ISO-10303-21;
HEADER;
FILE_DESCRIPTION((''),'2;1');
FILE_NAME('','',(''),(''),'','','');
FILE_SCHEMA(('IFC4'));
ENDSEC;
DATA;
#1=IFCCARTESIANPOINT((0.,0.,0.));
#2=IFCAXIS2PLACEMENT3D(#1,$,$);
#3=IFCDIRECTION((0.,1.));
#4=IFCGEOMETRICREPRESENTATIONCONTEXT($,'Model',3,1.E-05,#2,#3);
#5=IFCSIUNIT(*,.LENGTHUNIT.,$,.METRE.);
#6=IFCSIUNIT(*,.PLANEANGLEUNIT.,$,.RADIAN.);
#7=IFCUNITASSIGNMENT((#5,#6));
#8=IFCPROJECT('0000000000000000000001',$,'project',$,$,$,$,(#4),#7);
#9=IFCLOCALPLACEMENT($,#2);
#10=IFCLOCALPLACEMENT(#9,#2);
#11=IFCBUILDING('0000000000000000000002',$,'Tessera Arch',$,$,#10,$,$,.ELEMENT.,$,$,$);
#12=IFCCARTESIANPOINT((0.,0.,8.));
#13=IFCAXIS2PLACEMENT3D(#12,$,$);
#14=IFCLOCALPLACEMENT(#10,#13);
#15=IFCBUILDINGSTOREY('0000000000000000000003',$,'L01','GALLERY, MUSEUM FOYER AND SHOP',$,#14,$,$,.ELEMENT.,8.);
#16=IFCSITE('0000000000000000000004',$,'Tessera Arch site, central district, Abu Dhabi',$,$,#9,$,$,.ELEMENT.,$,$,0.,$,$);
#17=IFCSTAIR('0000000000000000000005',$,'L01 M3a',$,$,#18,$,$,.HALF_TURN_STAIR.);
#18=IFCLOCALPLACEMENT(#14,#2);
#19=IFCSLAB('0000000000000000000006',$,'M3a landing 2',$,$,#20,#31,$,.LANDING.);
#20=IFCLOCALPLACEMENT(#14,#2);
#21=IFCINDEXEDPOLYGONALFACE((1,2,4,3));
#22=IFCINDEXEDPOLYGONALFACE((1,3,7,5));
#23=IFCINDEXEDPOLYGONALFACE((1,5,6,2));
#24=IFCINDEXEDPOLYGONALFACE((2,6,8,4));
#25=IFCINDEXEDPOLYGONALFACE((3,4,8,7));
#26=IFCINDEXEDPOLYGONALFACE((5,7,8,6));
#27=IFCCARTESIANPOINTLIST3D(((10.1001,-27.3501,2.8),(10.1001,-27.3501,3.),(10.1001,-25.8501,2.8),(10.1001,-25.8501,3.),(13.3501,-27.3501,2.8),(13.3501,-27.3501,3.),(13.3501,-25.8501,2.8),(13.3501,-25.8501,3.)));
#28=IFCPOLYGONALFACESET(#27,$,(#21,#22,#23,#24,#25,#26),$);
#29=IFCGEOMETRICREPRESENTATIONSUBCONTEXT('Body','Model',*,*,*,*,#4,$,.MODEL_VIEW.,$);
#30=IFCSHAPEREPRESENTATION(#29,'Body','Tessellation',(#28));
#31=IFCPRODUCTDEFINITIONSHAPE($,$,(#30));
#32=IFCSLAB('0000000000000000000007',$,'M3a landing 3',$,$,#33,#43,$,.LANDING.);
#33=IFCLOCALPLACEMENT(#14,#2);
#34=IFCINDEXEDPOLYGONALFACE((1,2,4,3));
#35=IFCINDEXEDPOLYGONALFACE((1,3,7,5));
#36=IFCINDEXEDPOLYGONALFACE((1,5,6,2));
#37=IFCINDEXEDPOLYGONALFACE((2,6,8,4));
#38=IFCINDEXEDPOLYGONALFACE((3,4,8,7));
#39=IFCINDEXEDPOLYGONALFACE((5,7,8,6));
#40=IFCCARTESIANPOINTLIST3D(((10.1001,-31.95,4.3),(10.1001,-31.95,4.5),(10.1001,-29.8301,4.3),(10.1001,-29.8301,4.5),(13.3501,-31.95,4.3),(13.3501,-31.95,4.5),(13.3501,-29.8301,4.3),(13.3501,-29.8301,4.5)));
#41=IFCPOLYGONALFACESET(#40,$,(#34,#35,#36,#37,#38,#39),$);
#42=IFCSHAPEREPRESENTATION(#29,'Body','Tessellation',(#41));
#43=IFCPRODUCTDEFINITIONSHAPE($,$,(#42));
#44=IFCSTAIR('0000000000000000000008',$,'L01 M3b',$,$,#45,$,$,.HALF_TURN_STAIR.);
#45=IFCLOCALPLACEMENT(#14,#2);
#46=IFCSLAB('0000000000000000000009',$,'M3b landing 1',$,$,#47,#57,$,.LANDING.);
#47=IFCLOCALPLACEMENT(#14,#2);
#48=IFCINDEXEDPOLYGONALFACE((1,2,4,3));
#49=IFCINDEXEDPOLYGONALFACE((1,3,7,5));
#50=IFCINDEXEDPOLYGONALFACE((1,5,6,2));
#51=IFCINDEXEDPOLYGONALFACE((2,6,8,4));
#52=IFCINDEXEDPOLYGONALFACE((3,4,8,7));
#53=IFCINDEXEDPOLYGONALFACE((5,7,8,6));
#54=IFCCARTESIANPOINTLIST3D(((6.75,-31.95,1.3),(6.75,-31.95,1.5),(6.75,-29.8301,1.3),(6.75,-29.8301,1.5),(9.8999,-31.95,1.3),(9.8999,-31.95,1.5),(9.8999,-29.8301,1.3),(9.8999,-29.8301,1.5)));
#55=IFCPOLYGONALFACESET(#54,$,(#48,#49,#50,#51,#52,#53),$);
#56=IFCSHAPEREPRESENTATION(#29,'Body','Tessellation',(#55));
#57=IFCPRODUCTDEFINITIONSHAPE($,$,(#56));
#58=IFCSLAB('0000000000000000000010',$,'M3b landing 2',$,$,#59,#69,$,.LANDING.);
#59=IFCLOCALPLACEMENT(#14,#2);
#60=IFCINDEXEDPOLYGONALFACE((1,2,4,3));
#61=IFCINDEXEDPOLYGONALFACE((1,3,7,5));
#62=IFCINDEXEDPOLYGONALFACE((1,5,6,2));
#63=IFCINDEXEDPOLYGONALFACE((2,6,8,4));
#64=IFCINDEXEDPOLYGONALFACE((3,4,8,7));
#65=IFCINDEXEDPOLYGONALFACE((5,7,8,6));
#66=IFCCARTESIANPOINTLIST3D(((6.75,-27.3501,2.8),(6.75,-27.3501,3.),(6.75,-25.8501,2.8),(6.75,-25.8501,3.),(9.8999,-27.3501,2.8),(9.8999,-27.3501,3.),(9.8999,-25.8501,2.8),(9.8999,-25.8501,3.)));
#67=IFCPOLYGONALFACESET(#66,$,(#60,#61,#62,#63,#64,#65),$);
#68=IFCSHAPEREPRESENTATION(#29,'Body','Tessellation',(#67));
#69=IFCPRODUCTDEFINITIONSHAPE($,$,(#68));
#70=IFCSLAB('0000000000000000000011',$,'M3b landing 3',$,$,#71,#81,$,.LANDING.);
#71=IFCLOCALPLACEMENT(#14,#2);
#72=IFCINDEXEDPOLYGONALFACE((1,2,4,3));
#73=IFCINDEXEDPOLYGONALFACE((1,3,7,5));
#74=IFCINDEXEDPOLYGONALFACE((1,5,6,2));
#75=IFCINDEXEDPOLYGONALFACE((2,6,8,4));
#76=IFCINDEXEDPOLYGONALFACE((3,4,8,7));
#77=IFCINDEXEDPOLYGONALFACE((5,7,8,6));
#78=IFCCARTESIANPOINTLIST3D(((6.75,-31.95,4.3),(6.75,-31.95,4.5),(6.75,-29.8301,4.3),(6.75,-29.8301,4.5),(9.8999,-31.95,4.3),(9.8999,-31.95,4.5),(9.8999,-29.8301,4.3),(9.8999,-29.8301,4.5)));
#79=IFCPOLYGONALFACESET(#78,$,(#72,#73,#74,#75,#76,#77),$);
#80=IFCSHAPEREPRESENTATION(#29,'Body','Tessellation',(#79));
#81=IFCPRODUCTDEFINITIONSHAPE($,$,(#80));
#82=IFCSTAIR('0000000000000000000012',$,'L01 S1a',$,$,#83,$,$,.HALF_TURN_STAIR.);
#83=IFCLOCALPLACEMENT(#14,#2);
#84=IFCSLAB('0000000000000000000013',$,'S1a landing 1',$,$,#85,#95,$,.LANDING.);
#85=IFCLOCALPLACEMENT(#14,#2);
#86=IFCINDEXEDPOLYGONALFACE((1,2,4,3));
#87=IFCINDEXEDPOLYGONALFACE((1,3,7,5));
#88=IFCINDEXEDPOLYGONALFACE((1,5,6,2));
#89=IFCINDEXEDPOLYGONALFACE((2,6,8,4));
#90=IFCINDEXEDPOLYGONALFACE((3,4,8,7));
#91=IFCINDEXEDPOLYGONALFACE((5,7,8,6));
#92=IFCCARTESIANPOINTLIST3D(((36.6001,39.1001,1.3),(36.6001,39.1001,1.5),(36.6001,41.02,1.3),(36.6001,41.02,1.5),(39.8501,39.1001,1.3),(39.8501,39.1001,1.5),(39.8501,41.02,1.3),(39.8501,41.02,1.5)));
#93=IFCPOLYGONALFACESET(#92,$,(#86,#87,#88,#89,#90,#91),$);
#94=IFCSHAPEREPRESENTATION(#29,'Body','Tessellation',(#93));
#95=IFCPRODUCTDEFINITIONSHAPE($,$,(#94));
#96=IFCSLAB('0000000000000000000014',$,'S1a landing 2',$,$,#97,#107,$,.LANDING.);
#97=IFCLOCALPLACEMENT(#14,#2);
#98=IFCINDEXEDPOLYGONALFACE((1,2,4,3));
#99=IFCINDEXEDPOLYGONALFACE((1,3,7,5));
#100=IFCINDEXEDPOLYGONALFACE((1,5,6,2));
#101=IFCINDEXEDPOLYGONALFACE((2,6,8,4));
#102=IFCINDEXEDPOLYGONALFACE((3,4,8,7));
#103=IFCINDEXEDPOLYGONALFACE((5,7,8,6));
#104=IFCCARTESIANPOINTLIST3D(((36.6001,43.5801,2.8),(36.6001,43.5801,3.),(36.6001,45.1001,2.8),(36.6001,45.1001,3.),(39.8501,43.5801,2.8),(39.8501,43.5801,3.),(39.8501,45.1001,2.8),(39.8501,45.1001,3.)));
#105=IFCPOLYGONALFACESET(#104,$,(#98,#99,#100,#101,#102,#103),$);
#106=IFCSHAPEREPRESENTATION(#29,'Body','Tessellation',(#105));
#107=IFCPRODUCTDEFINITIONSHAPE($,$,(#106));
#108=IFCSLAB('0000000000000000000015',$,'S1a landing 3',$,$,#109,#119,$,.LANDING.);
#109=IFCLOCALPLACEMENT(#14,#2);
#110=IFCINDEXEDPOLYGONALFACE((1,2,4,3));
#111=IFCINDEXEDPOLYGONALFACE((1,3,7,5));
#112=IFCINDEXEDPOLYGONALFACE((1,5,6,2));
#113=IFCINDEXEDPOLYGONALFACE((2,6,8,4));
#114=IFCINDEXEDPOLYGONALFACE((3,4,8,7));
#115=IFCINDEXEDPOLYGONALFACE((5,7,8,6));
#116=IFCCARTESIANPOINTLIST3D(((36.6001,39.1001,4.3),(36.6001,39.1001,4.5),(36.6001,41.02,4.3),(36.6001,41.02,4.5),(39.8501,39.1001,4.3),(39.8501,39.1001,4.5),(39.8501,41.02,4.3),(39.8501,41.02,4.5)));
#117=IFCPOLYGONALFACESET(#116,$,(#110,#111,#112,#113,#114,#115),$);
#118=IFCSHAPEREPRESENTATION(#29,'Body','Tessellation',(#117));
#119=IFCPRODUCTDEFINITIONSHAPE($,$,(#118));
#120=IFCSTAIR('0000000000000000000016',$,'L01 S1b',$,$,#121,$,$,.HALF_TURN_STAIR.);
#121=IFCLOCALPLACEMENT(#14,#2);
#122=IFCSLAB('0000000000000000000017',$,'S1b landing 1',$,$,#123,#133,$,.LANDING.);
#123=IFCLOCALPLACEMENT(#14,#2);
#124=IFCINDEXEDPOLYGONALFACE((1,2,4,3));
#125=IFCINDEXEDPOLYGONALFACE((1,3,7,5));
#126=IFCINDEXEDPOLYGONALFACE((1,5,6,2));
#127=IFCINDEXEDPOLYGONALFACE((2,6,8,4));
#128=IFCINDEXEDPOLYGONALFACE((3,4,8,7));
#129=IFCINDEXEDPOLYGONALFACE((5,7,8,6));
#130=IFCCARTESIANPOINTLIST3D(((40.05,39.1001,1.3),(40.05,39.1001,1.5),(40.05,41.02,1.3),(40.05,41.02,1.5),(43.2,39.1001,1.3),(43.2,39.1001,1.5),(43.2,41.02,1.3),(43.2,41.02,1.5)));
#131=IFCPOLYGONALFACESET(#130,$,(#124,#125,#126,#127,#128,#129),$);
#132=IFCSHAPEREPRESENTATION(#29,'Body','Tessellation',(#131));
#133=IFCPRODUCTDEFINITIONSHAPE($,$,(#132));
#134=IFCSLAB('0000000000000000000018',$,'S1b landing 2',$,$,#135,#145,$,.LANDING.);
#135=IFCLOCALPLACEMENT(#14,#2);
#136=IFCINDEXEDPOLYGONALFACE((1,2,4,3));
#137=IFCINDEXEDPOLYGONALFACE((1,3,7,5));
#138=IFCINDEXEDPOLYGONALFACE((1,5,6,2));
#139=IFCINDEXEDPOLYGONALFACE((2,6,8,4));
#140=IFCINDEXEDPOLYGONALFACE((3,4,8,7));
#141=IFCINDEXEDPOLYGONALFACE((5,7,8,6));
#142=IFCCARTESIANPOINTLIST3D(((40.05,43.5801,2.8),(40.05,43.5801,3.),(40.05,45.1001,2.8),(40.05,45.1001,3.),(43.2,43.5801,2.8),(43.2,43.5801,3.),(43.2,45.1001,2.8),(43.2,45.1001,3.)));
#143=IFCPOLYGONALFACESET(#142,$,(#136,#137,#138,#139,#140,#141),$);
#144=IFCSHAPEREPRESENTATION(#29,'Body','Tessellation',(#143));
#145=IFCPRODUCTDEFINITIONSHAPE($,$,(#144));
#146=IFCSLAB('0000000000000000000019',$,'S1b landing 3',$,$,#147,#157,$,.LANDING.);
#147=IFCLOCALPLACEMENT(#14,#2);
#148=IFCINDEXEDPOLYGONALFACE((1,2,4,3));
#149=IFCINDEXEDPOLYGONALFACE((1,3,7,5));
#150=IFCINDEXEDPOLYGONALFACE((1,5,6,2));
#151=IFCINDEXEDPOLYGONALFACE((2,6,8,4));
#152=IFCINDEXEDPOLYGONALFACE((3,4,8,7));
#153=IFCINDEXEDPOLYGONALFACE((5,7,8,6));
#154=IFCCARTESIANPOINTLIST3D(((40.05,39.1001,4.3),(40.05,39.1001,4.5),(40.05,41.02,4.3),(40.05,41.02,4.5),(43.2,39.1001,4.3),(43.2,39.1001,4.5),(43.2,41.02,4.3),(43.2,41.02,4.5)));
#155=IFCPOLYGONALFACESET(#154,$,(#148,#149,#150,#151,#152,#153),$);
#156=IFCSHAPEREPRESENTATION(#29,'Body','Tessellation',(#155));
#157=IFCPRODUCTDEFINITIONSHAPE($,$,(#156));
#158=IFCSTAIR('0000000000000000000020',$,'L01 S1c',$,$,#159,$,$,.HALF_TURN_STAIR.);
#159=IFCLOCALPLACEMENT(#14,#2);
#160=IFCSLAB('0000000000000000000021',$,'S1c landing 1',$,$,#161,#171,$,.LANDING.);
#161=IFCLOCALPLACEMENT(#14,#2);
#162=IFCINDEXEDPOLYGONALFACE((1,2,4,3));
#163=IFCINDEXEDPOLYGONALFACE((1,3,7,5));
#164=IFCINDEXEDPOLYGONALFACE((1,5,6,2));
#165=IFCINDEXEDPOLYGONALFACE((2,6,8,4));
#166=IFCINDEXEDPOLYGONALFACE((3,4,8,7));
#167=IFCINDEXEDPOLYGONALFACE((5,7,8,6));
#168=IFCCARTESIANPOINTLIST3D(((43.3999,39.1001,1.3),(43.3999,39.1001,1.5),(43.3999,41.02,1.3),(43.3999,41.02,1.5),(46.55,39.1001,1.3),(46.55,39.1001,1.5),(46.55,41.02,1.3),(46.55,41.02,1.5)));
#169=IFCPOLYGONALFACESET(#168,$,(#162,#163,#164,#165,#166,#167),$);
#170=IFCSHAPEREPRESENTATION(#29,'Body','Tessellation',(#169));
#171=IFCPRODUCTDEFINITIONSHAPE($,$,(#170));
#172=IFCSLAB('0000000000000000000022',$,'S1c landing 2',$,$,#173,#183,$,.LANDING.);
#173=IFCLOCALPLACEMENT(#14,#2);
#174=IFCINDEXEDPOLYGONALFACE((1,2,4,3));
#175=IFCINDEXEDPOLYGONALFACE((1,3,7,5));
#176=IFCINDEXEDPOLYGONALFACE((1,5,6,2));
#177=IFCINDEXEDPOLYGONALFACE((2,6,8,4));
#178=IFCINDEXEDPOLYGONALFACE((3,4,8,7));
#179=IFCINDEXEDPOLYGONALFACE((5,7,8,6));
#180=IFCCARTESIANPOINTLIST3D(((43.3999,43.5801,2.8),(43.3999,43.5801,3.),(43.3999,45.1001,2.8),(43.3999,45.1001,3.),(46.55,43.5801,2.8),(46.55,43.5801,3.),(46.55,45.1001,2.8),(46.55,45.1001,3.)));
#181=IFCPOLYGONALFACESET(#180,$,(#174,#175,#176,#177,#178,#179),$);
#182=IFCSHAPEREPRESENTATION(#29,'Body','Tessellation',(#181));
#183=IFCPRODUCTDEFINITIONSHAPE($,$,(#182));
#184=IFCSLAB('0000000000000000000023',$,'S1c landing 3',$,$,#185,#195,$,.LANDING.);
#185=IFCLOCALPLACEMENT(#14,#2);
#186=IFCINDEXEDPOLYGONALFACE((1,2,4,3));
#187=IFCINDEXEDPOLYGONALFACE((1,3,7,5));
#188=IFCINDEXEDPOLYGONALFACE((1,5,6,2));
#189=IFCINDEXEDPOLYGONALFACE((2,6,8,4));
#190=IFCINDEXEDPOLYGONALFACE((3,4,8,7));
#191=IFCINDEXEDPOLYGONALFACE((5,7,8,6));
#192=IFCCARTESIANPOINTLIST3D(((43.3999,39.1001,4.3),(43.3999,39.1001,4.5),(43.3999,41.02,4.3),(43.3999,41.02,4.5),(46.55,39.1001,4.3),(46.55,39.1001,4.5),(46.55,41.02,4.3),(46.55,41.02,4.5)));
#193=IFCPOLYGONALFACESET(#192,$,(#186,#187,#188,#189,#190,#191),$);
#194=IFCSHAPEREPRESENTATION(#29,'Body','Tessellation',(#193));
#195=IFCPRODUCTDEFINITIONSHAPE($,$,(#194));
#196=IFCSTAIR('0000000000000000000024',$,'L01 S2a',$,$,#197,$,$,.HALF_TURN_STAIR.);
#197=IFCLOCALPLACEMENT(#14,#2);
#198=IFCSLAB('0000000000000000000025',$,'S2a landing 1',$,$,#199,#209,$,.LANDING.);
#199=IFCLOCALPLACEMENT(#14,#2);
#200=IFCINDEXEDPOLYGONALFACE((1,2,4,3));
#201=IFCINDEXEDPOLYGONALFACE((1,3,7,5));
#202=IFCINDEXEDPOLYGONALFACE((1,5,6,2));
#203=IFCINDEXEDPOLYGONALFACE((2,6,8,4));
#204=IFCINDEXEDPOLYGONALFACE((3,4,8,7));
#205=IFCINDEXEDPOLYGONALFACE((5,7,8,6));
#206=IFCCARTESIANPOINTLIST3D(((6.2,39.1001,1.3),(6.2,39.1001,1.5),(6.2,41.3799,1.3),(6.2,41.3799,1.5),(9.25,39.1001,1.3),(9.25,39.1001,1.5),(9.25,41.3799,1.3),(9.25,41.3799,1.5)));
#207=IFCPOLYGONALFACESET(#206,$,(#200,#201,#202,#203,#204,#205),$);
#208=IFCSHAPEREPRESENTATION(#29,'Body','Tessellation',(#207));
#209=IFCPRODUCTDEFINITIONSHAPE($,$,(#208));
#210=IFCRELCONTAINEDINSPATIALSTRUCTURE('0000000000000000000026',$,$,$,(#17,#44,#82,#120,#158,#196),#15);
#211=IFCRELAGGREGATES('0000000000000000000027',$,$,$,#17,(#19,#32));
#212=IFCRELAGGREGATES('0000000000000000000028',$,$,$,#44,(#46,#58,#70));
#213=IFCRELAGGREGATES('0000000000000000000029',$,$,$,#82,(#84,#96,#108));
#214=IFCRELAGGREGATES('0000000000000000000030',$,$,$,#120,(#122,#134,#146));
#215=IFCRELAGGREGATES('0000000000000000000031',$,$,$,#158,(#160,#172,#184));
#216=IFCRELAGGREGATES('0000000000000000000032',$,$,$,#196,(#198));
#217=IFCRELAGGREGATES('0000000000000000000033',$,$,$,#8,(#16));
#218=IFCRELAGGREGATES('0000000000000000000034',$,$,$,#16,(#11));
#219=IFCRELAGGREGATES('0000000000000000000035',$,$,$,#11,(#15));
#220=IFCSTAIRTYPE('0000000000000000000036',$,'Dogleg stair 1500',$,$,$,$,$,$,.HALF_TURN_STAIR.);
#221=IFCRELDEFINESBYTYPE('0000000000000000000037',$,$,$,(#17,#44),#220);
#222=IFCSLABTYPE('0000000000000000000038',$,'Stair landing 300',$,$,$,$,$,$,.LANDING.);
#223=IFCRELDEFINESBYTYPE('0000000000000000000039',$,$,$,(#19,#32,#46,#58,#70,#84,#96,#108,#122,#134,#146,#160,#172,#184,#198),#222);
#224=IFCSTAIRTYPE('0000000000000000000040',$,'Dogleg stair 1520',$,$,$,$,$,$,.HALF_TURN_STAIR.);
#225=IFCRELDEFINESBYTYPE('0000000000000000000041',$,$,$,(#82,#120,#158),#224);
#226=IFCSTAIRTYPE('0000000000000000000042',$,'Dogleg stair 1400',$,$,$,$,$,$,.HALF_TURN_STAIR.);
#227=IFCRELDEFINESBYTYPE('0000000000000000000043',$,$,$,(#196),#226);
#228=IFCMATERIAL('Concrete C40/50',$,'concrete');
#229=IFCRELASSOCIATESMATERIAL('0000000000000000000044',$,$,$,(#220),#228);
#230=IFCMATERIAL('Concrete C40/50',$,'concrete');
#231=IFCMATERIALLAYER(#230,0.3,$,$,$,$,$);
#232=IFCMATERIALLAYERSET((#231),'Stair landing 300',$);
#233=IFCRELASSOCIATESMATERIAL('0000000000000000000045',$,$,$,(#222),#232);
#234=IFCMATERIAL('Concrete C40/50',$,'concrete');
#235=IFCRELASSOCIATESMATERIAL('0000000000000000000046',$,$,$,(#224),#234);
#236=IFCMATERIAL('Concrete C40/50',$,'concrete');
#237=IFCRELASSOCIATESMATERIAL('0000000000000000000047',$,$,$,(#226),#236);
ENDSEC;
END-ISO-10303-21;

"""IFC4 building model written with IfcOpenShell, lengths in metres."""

from ifc_helpers import new_model, si_unit, direction, frame, origin, place, context, subcontext, project, spatial, polyline, outline, extrude, material, layer, layer_set, type_object, element, aggregate, save


model = new_model("IFC4")

# Units and contexts
model_context = context("Model", 3, precision=1e-05, world=origin(), true_north=direction((0.0, 1.0)))
body_context = subcontext(model_context, "Body", "Model", "MODEL_VIEW")
ifc_project = project(units=[si_unit("LENGTHUNIT", "METRE"), si_unit("PLANEANGLEUNIT", "RADIAN")], contexts=[model_context])

# Site, building, storey
site_placement = place(None, origin())
site = spatial("IfcSite", under=ifc_project, at=site_placement, Name="Tessera Arch site, central district, Abu Dhabi", CompositionType="ELEMENT", RefElevation=0.0)
building_placement = place(site_placement, origin())
building = spatial("IfcBuilding", under=site, at=building_placement, Name="Tessera Arch", CompositionType="ELEMENT")
storey_placement = place(building_placement, frame((0.0, 0.0, 8.0)))
storey = spatial("IfcBuildingStorey", under=building, at=storey_placement, Name="L01", Description="GALLERY, MUSEUM FOYER AND SHOP", CompositionType="ELEMENT", Elevation=8.0)

# Stairs, slabs
ifc_material_1 = material(Name="Concrete C40/50", Category="concrete")
stair_type_1 = type_object("IfcStairType", Name="Dogleg stair 1500", PredefinedType="HALF_TURN_STAIR", material=ifc_material_1)
stair_1_placement = place(storey_placement, origin())
stair_1 = element("IfcStair", 1, at=stair_1_placement, inside=storey, type_object=stair_type_1, Name="L01 M3a", PredefinedType="HALF_TURN_STAIR")
ifc_material_2 = material(Name="Concrete C40/50", Category="concrete")
ifc_layer = layer(ifc_material_2, 0.3)
ifc_layer_set = layer_set([ifc_layer], Name="Stair landing 300")
slab_type = type_object("IfcSlabType", Name="Stair landing 300", PredefinedType="LANDING", material=ifc_layer_set)
slab_1_placement = place(storey_placement, frame((0.0, 0.0, 2.8)))
slab_1 = element("IfcSlab", 2, at=slab_1_placement, type_object=slab_type, Name="M3a landing 2", PredefinedType="LANDING", context=body_context, shape_type="SweptSolid", body=[
    extrude(outline(polyline([(10.1001, -25.8501), (10.1001, -27.3501), (13.3501, -27.3501), (13.3501, -25.8501), (10.1001, -25.8501)])), origin(), (0.0, 0.0, 1.0), 0.2),
])
slab_2_placement = place(storey_placement, frame((0.0, 0.0, 4.3)))
slab_2 = element("IfcSlab", 3, at=slab_2_placement, type_object=slab_type, Name="M3a landing 3", PredefinedType="LANDING", context=body_context, shape_type="SweptSolid", body=[
    extrude(outline(polyline([(10.1001, -29.8301), (10.1001, -31.95), (13.3501, -31.95), (13.3501, -29.8301), (10.1001, -29.8301)])), origin(), (0.0, 0.0, 1.0), 0.2),
])
aggregate(stair_1, [slab_1, slab_2])
stair_2_placement = place(storey_placement, origin())
stair_2 = element("IfcStair", 4, at=stair_2_placement, inside=storey, type_object=stair_type_1, Name="L01 M3b", PredefinedType="HALF_TURN_STAIR")
slab_3_placement = place(storey_placement, frame((0.0, 0.0, 1.3)))
slab_3 = element("IfcSlab", 5, at=slab_3_placement, type_object=slab_type, Name="M3b landing 1", PredefinedType="LANDING", context=body_context, shape_type="SweptSolid", body=[
    extrude(outline(polyline([(6.75, -29.8301), (6.75, -31.95), (9.8999, -31.95), (9.8999, -29.8301), (6.75, -29.8301)])), origin(), (0.0, 0.0, 1.0), 0.2),
])
slab_4_placement = place(storey_placement, frame((0.0, 0.0, 2.8)))
slab_4 = element("IfcSlab", 6, at=slab_4_placement, type_object=slab_type, Name="M3b landing 2", PredefinedType="LANDING", context=body_context, shape_type="SweptSolid", body=[
    extrude(outline(polyline([(6.75, -25.8501), (6.75, -27.3501), (9.8999, -27.3501), (9.8999, -25.8501), (6.75, -25.8501)])), origin(), (0.0, 0.0, 1.0), 0.2),
])
slab_5_placement = place(storey_placement, frame((0.0, 0.0, 4.3)))
slab_5 = element("IfcSlab", 7, at=slab_5_placement, type_object=slab_type, Name="M3b landing 3", PredefinedType="LANDING", context=body_context, shape_type="SweptSolid", body=[
    extrude(outline(polyline([(6.75, -29.8301), (6.75, -31.95), (9.8999, -31.95), (9.8999, -29.8301), (6.75, -29.8301)])), origin(), (0.0, 0.0, 1.0), 0.2),
])
aggregate(stair_2, [slab_3, slab_4, slab_5])
ifc_material_3 = material(Name="Concrete C40/50", Category="concrete")
stair_type_2 = type_object("IfcStairType", Name="Dogleg stair 1520", PredefinedType="HALF_TURN_STAIR", material=ifc_material_3)
stair_3_placement = place(storey_placement, origin())
stair_3 = element("IfcStair", 8, at=stair_3_placement, inside=storey, type_object=stair_type_2, Name="L01 S1a", PredefinedType="HALF_TURN_STAIR")
slab_6_placement = place(storey_placement, frame((0.0, 0.0, 1.3)))
slab_6 = element("IfcSlab", 9, at=slab_6_placement, type_object=slab_type, Name="S1a landing 1", PredefinedType="LANDING", context=body_context, shape_type="SweptSolid", body=[
    extrude(outline(polyline([(36.6001, 41.02), (36.6001, 39.1001), (39.8501, 39.1001), (39.8501, 41.02), (36.6001, 41.02)])), origin(), (0.0, 0.0, 1.0), 0.2),
])
slab_7_placement = place(storey_placement, frame((0.0, 0.0, 2.8)))
slab_7 = element("IfcSlab", 10, at=slab_7_placement, type_object=slab_type, Name="S1a landing 2", PredefinedType="LANDING", context=body_context, shape_type="SweptSolid", body=[
    extrude(outline(polyline([(36.6001, 45.1001), (36.6001, 43.5801), (39.8501, 43.5801), (39.8501, 45.1001), (36.6001, 45.1001)])), origin(), (0.0, 0.0, 1.0), 0.2),
])
slab_8_placement = place(storey_placement, frame((0.0, 0.0, 4.3)))
slab_8 = element("IfcSlab", 11, at=slab_8_placement, type_object=slab_type, Name="S1a landing 3", PredefinedType="LANDING", context=body_context, shape_type="SweptSolid", body=[
    extrude(outline(polyline([(36.6001, 41.02), (36.6001, 39.1001), (39.8501, 39.1001), (39.8501, 41.02), (36.6001, 41.02)])), origin(), (0.0, 0.0, 1.0), 0.2),
])
aggregate(stair_3, [slab_6, slab_7, slab_8])
stair_4_placement = place(storey_placement, origin())
stair_4 = element("IfcStair", 12, at=stair_4_placement, inside=storey, type_object=stair_type_2, Name="L01 S1b", PredefinedType="HALF_TURN_STAIR")
slab_9_placement = place(storey_placement, frame((0.0, 0.0, 1.3)))
slab_9 = element("IfcSlab", 13, at=slab_9_placement, type_object=slab_type, Name="S1b landing 1", PredefinedType="LANDING", context=body_context, shape_type="SweptSolid", body=[
    extrude(outline(polyline([(40.05, 41.02), (40.05, 39.1001), (43.2, 39.1001), (43.2, 41.02), (40.05, 41.02)])), origin(), (0.0, 0.0, 1.0), 0.2),
])
slab_10_placement = place(storey_placement, frame((0.0, 0.0, 2.8)))
slab_10 = element("IfcSlab", 14, at=slab_10_placement, type_object=slab_type, Name="S1b landing 2", PredefinedType="LANDING", context=body_context, shape_type="SweptSolid", body=[
    extrude(outline(polyline([(40.05, 45.1001), (40.05, 43.5801), (43.2, 43.5801), (43.2, 45.1001), (40.05, 45.1001)])), origin(), (0.0, 0.0, 1.0), 0.2),
])
slab_11_placement = place(storey_placement, frame((0.0, 0.0, 4.3)))
slab_11 = element("IfcSlab", 15, at=slab_11_placement, type_object=slab_type, Name="S1b landing 3", PredefinedType="LANDING", context=body_context, shape_type="SweptSolid", body=[
    extrude(outline(polyline([(40.05, 41.02), (40.05, 39.1001), (43.2, 39.1001), (43.2, 41.02), (40.05, 41.02)])), origin(), (0.0, 0.0, 1.0), 0.2),
])
aggregate(stair_4, [slab_9, slab_10, slab_11])
stair_5_placement = place(storey_placement, origin())
stair_5 = element("IfcStair", 16, at=stair_5_placement, inside=storey, type_object=stair_type_2, Name="L01 S1c", PredefinedType="HALF_TURN_STAIR")
slab_12_placement = place(storey_placement, frame((0.0, 0.0, 1.3)))
slab_12 = element("IfcSlab", 17, at=slab_12_placement, type_object=slab_type, Name="S1c landing 1", PredefinedType="LANDING", context=body_context, shape_type="SweptSolid", body=[
    extrude(outline(polyline([(43.3999, 41.02), (43.3999, 39.1001), (46.55, 39.1001), (46.55, 41.02), (43.3999, 41.02)])), origin(), (0.0, 0.0, 1.0), 0.2),
])
slab_13_placement = place(storey_placement, frame((0.0, 0.0, 2.8)))
slab_13 = element("IfcSlab", 18, at=slab_13_placement, type_object=slab_type, Name="S1c landing 2", PredefinedType="LANDING", context=body_context, shape_type="SweptSolid", body=[
    extrude(outline(polyline([(43.3999, 45.1001), (43.3999, 43.5801), (46.55, 43.5801), (46.55, 45.1001), (43.3999, 45.1001)])), origin(), (0.0, 0.0, 1.0), 0.2),
])
slab_14_placement = place(storey_placement, frame((0.0, 0.0, 4.3)))
slab_14 = element("IfcSlab", 19, at=slab_14_placement, type_object=slab_type, Name="S1c landing 3", PredefinedType="LANDING", context=body_context, shape_type="SweptSolid", body=[
    extrude(outline(polyline([(43.3999, 41.02), (43.3999, 39.1001), (46.55, 39.1001), (46.55, 41.02), (43.3999, 41.02)])), origin(), (0.0, 0.0, 1.0), 0.2),
])
aggregate(stair_5, [slab_12, slab_13, slab_14])
ifc_material_4 = material(Name="Concrete C40/50", Category="concrete")
stair_type_3 = type_object("IfcStairType", Name="Dogleg stair 1400", PredefinedType="HALF_TURN_STAIR", material=ifc_material_4)
stair_6_placement = place(storey_placement, origin())
stair_6 = element("IfcStair", 20, at=stair_6_placement, inside=storey, type_object=stair_type_3, Name="L01 S2a", PredefinedType="HALF_TURN_STAIR")
slab_15_placement = place(storey_placement, frame((0.0, 0.0, 1.3)))
slab_15 = element("IfcSlab", 21, at=slab_15_placement, type_object=slab_type, Name="S2a landing 1", PredefinedType="LANDING", context=body_context, shape_type="SweptSolid", body=[
    extrude(outline(polyline([(6.2, 41.3799), (6.2, 39.1001), (9.25, 39.1001), (9.25, 41.3799), (6.2, 41.3799)])), origin(), (0.0, 0.0, 1.0), 0.2),
])
aggregate(stair_6, [slab_15])

save(model, "model.ifc")
